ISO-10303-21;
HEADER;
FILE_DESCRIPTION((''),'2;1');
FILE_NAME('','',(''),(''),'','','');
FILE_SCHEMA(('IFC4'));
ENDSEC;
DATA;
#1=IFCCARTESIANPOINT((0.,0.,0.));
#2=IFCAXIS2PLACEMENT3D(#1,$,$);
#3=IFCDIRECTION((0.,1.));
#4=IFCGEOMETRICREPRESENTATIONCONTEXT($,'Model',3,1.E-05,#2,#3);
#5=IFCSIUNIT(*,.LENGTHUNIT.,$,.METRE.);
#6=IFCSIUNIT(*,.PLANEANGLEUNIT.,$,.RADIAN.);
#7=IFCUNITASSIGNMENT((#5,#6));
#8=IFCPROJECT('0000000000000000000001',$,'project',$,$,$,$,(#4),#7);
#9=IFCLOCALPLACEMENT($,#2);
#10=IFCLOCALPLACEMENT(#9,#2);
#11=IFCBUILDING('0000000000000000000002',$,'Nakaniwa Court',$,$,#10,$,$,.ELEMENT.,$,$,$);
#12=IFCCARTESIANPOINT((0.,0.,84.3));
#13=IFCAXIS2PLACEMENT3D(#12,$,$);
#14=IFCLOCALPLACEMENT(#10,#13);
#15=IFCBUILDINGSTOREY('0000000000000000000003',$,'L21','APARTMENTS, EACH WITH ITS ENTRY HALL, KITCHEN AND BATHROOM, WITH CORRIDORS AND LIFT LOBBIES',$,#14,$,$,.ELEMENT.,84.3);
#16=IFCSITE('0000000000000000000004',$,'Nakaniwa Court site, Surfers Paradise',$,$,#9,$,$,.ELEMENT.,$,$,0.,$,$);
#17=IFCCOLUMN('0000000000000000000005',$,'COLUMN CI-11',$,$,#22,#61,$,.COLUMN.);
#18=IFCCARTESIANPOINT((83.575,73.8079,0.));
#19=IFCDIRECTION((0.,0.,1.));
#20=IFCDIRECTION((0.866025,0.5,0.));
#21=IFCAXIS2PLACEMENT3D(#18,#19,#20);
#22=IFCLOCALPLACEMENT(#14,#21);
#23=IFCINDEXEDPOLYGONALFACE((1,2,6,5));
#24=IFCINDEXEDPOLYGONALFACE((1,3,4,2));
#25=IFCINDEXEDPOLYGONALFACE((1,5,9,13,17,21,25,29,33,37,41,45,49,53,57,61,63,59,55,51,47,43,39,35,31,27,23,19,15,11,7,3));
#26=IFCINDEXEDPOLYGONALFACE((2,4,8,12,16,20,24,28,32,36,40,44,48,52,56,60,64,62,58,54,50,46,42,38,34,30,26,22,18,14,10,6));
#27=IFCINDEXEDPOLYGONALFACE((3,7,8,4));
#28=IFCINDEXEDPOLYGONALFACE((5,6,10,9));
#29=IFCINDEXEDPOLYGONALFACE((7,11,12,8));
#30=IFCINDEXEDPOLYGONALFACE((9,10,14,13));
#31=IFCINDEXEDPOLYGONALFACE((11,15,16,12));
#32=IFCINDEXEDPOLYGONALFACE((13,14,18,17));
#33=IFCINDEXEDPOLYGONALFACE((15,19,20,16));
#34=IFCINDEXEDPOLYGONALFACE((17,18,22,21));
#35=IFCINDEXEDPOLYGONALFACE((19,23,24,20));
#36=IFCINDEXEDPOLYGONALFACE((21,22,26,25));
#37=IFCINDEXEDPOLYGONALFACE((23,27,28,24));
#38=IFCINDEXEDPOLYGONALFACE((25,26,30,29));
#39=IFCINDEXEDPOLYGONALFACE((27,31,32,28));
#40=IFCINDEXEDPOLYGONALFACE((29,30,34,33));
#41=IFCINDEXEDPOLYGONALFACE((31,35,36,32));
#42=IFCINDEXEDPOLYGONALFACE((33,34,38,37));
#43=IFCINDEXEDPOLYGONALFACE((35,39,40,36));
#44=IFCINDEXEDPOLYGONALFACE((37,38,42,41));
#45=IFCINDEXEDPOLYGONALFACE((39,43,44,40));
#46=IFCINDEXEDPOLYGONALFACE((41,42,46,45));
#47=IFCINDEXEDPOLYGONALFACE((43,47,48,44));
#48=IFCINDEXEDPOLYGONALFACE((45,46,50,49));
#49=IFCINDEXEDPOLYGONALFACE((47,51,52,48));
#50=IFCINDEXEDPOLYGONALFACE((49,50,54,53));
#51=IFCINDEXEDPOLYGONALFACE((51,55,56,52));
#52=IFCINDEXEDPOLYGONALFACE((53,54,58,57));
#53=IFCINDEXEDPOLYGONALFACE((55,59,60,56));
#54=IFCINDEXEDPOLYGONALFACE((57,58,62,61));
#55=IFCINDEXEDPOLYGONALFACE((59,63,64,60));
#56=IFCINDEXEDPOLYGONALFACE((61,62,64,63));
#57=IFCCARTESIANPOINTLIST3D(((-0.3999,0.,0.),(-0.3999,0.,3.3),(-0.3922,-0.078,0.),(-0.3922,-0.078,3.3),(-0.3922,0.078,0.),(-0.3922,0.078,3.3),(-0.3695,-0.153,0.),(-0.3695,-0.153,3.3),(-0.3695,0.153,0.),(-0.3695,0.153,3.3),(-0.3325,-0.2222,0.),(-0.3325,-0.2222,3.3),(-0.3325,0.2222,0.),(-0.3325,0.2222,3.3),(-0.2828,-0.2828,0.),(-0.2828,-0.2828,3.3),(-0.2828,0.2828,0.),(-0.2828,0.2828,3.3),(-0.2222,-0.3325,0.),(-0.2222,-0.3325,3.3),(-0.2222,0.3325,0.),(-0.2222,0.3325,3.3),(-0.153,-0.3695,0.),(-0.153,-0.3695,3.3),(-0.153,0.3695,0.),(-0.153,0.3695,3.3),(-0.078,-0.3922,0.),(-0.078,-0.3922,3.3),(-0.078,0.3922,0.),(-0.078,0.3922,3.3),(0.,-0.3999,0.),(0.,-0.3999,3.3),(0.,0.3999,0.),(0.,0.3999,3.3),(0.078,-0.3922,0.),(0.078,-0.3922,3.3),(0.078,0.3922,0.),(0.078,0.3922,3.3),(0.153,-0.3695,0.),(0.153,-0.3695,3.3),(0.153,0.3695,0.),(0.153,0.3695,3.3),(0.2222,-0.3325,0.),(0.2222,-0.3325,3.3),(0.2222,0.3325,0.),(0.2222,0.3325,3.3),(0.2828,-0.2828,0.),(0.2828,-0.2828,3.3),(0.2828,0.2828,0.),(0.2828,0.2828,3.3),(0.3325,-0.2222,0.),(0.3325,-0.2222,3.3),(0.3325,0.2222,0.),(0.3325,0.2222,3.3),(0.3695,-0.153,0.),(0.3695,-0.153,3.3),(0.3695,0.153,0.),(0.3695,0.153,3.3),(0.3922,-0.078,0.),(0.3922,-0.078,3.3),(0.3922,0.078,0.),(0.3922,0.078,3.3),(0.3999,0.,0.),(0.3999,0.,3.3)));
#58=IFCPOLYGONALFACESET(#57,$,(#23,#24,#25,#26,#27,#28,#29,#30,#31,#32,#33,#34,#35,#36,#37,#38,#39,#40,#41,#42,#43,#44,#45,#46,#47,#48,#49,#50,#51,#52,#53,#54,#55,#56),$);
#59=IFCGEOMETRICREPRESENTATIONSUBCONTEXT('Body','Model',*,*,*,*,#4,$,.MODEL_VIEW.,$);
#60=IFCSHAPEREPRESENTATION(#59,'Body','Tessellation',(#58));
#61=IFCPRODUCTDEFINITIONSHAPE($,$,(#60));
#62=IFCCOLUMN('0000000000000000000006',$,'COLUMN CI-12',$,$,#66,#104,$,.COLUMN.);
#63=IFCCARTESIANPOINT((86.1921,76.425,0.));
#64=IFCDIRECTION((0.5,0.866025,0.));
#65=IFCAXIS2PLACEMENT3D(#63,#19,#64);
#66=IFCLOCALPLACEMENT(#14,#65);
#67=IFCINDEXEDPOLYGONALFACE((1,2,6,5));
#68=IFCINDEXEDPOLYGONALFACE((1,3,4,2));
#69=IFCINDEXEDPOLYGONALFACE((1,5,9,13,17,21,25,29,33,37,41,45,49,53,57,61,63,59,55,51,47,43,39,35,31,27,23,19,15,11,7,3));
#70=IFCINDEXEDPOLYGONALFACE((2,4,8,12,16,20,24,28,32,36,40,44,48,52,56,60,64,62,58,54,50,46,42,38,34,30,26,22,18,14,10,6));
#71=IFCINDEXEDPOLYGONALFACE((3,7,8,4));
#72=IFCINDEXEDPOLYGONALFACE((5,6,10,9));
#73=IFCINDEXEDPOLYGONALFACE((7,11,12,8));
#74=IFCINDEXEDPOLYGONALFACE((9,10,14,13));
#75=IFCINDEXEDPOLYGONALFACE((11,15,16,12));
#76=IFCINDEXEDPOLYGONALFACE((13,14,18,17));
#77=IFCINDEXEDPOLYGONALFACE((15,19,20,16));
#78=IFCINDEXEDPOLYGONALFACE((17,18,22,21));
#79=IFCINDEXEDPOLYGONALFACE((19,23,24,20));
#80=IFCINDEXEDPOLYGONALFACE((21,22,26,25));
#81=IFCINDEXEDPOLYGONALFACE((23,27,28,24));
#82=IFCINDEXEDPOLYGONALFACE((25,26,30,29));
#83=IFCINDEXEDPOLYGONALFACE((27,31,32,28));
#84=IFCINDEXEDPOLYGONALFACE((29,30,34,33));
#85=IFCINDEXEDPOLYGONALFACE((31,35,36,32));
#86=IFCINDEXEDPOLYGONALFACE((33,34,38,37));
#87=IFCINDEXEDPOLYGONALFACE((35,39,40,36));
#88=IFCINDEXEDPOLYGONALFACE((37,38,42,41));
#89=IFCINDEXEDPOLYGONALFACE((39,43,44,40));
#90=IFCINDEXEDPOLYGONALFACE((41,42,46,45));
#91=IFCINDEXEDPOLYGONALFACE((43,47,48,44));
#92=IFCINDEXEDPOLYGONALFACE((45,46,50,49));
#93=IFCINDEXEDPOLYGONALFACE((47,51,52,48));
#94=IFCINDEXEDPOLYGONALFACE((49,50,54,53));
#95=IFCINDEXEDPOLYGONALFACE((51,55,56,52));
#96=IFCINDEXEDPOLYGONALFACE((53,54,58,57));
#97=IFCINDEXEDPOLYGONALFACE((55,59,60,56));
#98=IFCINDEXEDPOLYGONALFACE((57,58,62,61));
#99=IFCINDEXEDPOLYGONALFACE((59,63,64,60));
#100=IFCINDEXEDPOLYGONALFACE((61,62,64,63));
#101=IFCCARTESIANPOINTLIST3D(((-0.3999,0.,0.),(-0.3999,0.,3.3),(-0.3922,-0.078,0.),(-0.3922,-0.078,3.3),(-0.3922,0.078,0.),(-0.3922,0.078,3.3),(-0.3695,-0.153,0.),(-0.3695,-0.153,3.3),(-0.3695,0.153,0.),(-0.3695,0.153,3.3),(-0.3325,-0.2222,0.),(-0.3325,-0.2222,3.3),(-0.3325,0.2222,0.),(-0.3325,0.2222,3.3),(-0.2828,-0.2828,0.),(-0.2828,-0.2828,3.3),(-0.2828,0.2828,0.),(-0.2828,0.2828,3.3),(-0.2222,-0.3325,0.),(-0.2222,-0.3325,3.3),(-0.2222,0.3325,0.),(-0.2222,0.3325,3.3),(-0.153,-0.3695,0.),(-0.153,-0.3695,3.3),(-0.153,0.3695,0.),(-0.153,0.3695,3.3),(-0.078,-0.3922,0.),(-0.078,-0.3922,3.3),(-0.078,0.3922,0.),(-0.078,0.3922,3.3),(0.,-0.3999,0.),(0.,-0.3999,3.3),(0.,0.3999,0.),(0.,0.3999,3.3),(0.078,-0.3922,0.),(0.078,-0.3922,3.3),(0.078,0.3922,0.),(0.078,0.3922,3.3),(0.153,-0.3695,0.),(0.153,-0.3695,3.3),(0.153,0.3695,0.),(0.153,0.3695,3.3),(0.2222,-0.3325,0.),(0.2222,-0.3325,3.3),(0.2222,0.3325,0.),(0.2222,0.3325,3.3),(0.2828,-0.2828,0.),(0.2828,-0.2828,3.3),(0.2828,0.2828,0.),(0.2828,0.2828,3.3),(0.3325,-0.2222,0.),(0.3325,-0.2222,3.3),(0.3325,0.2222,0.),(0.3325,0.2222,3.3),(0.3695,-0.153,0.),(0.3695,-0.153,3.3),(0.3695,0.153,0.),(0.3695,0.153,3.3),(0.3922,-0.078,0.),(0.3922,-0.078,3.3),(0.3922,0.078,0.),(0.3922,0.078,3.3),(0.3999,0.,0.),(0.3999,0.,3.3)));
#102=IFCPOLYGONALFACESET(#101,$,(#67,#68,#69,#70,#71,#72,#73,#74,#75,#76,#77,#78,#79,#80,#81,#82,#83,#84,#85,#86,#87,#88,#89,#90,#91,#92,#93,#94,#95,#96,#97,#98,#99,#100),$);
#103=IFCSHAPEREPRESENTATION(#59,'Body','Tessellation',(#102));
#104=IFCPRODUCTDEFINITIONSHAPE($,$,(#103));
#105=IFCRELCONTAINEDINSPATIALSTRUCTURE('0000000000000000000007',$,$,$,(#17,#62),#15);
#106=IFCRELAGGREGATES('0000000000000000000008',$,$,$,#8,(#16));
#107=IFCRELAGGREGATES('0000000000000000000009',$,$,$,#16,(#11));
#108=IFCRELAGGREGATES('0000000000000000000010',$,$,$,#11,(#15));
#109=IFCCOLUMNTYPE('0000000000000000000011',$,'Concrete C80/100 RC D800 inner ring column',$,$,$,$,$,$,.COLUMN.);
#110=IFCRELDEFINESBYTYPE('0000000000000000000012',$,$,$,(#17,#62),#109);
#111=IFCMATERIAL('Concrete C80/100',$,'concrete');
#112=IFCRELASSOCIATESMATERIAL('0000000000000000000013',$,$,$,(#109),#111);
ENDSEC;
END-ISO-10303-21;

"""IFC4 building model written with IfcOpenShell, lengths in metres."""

from ifc_helpers import new_model, si_unit, direction, frame, origin, origin_2d, place, context, subcontext, project, spatial, circle, extrude, material, material_profile, profile_set, type_object, element, save


model = new_model("IFC4")

# Units and contexts
model_context = context("Model", 3, precision=1e-05, world=origin(), true_north=direction((0.0, 1.0)))
body_context = subcontext(model_context, "Body", "Model", "MODEL_VIEW")
ifc_project = project(units=[si_unit("LENGTHUNIT", "METRE"), si_unit("PLANEANGLEUNIT", "RADIAN")], contexts=[model_context])

# Site, building, storey
site_placement = place(None, origin())
site = spatial("IfcSite", under=ifc_project, at=site_placement, Name="Nakaniwa Court site, Surfers Paradise", CompositionType="ELEMENT", RefElevation=0.0)
building_placement = place(site_placement, origin())
building = spatial("IfcBuilding", under=site, at=building_placement, Name="Nakaniwa Court", CompositionType="ELEMENT")
storey_placement = place(building_placement, frame((0.0, 0.0, 84.3)))
storey = spatial("IfcBuildingStorey", under=building, at=storey_placement, Name="L21", Description="APARTMENTS, EACH WITH ITS ENTRY HALL, KITCHEN AND BATHROOM, WITH CORRIDORS AND LIFT LOBBIES", CompositionType="ELEMENT", Elevation=84.3)

# Columns
ifc_material_1 = material(Name="Concrete C80/100", Category="concrete")
ifc_material_profile_1 = material_profile(ifc_material_1, circle(Radius=0.3999, at=origin_2d()), Name="Concrete C80/100 RC D800 inner ring column")
ifc_profile_set_1 = profile_set([ifc_material_profile_1], Name="Concrete C80/100")
column_type = type_object("IfcColumnType", Name="Concrete C80/100 RC D800 inner ring column", PredefinedType="COLUMN", material=ifc_profile_set_1)
for number, where, z_axis, x_axis, name in (
    (1, (83.575, 73.8079, 0.0), (0.0, 0.0, 1.0), (0.866025, 0.5, 0.0), "COLUMN CI-11"),
    (2, (86.1921, 76.425, 0.0), (0.0, 0.0, 1.0), (0.5, 0.866025, 0.0), "COLUMN CI-12"),
):
    element("IfcColumn", number, at=place(storey_placement, frame(where, z_axis=z_axis, x_axis=x_axis)), inside=storey, type_object=column_type, Name=name, PredefinedType="COLUMN", context=body_context, shape_type="SweptSolid", body=[
        extrude(circle(Radius=0.3999, at=origin_2d()), origin(), (0.0, 0.0, 1.0), 3.3),
    ])

save(model, "model.ifc")
